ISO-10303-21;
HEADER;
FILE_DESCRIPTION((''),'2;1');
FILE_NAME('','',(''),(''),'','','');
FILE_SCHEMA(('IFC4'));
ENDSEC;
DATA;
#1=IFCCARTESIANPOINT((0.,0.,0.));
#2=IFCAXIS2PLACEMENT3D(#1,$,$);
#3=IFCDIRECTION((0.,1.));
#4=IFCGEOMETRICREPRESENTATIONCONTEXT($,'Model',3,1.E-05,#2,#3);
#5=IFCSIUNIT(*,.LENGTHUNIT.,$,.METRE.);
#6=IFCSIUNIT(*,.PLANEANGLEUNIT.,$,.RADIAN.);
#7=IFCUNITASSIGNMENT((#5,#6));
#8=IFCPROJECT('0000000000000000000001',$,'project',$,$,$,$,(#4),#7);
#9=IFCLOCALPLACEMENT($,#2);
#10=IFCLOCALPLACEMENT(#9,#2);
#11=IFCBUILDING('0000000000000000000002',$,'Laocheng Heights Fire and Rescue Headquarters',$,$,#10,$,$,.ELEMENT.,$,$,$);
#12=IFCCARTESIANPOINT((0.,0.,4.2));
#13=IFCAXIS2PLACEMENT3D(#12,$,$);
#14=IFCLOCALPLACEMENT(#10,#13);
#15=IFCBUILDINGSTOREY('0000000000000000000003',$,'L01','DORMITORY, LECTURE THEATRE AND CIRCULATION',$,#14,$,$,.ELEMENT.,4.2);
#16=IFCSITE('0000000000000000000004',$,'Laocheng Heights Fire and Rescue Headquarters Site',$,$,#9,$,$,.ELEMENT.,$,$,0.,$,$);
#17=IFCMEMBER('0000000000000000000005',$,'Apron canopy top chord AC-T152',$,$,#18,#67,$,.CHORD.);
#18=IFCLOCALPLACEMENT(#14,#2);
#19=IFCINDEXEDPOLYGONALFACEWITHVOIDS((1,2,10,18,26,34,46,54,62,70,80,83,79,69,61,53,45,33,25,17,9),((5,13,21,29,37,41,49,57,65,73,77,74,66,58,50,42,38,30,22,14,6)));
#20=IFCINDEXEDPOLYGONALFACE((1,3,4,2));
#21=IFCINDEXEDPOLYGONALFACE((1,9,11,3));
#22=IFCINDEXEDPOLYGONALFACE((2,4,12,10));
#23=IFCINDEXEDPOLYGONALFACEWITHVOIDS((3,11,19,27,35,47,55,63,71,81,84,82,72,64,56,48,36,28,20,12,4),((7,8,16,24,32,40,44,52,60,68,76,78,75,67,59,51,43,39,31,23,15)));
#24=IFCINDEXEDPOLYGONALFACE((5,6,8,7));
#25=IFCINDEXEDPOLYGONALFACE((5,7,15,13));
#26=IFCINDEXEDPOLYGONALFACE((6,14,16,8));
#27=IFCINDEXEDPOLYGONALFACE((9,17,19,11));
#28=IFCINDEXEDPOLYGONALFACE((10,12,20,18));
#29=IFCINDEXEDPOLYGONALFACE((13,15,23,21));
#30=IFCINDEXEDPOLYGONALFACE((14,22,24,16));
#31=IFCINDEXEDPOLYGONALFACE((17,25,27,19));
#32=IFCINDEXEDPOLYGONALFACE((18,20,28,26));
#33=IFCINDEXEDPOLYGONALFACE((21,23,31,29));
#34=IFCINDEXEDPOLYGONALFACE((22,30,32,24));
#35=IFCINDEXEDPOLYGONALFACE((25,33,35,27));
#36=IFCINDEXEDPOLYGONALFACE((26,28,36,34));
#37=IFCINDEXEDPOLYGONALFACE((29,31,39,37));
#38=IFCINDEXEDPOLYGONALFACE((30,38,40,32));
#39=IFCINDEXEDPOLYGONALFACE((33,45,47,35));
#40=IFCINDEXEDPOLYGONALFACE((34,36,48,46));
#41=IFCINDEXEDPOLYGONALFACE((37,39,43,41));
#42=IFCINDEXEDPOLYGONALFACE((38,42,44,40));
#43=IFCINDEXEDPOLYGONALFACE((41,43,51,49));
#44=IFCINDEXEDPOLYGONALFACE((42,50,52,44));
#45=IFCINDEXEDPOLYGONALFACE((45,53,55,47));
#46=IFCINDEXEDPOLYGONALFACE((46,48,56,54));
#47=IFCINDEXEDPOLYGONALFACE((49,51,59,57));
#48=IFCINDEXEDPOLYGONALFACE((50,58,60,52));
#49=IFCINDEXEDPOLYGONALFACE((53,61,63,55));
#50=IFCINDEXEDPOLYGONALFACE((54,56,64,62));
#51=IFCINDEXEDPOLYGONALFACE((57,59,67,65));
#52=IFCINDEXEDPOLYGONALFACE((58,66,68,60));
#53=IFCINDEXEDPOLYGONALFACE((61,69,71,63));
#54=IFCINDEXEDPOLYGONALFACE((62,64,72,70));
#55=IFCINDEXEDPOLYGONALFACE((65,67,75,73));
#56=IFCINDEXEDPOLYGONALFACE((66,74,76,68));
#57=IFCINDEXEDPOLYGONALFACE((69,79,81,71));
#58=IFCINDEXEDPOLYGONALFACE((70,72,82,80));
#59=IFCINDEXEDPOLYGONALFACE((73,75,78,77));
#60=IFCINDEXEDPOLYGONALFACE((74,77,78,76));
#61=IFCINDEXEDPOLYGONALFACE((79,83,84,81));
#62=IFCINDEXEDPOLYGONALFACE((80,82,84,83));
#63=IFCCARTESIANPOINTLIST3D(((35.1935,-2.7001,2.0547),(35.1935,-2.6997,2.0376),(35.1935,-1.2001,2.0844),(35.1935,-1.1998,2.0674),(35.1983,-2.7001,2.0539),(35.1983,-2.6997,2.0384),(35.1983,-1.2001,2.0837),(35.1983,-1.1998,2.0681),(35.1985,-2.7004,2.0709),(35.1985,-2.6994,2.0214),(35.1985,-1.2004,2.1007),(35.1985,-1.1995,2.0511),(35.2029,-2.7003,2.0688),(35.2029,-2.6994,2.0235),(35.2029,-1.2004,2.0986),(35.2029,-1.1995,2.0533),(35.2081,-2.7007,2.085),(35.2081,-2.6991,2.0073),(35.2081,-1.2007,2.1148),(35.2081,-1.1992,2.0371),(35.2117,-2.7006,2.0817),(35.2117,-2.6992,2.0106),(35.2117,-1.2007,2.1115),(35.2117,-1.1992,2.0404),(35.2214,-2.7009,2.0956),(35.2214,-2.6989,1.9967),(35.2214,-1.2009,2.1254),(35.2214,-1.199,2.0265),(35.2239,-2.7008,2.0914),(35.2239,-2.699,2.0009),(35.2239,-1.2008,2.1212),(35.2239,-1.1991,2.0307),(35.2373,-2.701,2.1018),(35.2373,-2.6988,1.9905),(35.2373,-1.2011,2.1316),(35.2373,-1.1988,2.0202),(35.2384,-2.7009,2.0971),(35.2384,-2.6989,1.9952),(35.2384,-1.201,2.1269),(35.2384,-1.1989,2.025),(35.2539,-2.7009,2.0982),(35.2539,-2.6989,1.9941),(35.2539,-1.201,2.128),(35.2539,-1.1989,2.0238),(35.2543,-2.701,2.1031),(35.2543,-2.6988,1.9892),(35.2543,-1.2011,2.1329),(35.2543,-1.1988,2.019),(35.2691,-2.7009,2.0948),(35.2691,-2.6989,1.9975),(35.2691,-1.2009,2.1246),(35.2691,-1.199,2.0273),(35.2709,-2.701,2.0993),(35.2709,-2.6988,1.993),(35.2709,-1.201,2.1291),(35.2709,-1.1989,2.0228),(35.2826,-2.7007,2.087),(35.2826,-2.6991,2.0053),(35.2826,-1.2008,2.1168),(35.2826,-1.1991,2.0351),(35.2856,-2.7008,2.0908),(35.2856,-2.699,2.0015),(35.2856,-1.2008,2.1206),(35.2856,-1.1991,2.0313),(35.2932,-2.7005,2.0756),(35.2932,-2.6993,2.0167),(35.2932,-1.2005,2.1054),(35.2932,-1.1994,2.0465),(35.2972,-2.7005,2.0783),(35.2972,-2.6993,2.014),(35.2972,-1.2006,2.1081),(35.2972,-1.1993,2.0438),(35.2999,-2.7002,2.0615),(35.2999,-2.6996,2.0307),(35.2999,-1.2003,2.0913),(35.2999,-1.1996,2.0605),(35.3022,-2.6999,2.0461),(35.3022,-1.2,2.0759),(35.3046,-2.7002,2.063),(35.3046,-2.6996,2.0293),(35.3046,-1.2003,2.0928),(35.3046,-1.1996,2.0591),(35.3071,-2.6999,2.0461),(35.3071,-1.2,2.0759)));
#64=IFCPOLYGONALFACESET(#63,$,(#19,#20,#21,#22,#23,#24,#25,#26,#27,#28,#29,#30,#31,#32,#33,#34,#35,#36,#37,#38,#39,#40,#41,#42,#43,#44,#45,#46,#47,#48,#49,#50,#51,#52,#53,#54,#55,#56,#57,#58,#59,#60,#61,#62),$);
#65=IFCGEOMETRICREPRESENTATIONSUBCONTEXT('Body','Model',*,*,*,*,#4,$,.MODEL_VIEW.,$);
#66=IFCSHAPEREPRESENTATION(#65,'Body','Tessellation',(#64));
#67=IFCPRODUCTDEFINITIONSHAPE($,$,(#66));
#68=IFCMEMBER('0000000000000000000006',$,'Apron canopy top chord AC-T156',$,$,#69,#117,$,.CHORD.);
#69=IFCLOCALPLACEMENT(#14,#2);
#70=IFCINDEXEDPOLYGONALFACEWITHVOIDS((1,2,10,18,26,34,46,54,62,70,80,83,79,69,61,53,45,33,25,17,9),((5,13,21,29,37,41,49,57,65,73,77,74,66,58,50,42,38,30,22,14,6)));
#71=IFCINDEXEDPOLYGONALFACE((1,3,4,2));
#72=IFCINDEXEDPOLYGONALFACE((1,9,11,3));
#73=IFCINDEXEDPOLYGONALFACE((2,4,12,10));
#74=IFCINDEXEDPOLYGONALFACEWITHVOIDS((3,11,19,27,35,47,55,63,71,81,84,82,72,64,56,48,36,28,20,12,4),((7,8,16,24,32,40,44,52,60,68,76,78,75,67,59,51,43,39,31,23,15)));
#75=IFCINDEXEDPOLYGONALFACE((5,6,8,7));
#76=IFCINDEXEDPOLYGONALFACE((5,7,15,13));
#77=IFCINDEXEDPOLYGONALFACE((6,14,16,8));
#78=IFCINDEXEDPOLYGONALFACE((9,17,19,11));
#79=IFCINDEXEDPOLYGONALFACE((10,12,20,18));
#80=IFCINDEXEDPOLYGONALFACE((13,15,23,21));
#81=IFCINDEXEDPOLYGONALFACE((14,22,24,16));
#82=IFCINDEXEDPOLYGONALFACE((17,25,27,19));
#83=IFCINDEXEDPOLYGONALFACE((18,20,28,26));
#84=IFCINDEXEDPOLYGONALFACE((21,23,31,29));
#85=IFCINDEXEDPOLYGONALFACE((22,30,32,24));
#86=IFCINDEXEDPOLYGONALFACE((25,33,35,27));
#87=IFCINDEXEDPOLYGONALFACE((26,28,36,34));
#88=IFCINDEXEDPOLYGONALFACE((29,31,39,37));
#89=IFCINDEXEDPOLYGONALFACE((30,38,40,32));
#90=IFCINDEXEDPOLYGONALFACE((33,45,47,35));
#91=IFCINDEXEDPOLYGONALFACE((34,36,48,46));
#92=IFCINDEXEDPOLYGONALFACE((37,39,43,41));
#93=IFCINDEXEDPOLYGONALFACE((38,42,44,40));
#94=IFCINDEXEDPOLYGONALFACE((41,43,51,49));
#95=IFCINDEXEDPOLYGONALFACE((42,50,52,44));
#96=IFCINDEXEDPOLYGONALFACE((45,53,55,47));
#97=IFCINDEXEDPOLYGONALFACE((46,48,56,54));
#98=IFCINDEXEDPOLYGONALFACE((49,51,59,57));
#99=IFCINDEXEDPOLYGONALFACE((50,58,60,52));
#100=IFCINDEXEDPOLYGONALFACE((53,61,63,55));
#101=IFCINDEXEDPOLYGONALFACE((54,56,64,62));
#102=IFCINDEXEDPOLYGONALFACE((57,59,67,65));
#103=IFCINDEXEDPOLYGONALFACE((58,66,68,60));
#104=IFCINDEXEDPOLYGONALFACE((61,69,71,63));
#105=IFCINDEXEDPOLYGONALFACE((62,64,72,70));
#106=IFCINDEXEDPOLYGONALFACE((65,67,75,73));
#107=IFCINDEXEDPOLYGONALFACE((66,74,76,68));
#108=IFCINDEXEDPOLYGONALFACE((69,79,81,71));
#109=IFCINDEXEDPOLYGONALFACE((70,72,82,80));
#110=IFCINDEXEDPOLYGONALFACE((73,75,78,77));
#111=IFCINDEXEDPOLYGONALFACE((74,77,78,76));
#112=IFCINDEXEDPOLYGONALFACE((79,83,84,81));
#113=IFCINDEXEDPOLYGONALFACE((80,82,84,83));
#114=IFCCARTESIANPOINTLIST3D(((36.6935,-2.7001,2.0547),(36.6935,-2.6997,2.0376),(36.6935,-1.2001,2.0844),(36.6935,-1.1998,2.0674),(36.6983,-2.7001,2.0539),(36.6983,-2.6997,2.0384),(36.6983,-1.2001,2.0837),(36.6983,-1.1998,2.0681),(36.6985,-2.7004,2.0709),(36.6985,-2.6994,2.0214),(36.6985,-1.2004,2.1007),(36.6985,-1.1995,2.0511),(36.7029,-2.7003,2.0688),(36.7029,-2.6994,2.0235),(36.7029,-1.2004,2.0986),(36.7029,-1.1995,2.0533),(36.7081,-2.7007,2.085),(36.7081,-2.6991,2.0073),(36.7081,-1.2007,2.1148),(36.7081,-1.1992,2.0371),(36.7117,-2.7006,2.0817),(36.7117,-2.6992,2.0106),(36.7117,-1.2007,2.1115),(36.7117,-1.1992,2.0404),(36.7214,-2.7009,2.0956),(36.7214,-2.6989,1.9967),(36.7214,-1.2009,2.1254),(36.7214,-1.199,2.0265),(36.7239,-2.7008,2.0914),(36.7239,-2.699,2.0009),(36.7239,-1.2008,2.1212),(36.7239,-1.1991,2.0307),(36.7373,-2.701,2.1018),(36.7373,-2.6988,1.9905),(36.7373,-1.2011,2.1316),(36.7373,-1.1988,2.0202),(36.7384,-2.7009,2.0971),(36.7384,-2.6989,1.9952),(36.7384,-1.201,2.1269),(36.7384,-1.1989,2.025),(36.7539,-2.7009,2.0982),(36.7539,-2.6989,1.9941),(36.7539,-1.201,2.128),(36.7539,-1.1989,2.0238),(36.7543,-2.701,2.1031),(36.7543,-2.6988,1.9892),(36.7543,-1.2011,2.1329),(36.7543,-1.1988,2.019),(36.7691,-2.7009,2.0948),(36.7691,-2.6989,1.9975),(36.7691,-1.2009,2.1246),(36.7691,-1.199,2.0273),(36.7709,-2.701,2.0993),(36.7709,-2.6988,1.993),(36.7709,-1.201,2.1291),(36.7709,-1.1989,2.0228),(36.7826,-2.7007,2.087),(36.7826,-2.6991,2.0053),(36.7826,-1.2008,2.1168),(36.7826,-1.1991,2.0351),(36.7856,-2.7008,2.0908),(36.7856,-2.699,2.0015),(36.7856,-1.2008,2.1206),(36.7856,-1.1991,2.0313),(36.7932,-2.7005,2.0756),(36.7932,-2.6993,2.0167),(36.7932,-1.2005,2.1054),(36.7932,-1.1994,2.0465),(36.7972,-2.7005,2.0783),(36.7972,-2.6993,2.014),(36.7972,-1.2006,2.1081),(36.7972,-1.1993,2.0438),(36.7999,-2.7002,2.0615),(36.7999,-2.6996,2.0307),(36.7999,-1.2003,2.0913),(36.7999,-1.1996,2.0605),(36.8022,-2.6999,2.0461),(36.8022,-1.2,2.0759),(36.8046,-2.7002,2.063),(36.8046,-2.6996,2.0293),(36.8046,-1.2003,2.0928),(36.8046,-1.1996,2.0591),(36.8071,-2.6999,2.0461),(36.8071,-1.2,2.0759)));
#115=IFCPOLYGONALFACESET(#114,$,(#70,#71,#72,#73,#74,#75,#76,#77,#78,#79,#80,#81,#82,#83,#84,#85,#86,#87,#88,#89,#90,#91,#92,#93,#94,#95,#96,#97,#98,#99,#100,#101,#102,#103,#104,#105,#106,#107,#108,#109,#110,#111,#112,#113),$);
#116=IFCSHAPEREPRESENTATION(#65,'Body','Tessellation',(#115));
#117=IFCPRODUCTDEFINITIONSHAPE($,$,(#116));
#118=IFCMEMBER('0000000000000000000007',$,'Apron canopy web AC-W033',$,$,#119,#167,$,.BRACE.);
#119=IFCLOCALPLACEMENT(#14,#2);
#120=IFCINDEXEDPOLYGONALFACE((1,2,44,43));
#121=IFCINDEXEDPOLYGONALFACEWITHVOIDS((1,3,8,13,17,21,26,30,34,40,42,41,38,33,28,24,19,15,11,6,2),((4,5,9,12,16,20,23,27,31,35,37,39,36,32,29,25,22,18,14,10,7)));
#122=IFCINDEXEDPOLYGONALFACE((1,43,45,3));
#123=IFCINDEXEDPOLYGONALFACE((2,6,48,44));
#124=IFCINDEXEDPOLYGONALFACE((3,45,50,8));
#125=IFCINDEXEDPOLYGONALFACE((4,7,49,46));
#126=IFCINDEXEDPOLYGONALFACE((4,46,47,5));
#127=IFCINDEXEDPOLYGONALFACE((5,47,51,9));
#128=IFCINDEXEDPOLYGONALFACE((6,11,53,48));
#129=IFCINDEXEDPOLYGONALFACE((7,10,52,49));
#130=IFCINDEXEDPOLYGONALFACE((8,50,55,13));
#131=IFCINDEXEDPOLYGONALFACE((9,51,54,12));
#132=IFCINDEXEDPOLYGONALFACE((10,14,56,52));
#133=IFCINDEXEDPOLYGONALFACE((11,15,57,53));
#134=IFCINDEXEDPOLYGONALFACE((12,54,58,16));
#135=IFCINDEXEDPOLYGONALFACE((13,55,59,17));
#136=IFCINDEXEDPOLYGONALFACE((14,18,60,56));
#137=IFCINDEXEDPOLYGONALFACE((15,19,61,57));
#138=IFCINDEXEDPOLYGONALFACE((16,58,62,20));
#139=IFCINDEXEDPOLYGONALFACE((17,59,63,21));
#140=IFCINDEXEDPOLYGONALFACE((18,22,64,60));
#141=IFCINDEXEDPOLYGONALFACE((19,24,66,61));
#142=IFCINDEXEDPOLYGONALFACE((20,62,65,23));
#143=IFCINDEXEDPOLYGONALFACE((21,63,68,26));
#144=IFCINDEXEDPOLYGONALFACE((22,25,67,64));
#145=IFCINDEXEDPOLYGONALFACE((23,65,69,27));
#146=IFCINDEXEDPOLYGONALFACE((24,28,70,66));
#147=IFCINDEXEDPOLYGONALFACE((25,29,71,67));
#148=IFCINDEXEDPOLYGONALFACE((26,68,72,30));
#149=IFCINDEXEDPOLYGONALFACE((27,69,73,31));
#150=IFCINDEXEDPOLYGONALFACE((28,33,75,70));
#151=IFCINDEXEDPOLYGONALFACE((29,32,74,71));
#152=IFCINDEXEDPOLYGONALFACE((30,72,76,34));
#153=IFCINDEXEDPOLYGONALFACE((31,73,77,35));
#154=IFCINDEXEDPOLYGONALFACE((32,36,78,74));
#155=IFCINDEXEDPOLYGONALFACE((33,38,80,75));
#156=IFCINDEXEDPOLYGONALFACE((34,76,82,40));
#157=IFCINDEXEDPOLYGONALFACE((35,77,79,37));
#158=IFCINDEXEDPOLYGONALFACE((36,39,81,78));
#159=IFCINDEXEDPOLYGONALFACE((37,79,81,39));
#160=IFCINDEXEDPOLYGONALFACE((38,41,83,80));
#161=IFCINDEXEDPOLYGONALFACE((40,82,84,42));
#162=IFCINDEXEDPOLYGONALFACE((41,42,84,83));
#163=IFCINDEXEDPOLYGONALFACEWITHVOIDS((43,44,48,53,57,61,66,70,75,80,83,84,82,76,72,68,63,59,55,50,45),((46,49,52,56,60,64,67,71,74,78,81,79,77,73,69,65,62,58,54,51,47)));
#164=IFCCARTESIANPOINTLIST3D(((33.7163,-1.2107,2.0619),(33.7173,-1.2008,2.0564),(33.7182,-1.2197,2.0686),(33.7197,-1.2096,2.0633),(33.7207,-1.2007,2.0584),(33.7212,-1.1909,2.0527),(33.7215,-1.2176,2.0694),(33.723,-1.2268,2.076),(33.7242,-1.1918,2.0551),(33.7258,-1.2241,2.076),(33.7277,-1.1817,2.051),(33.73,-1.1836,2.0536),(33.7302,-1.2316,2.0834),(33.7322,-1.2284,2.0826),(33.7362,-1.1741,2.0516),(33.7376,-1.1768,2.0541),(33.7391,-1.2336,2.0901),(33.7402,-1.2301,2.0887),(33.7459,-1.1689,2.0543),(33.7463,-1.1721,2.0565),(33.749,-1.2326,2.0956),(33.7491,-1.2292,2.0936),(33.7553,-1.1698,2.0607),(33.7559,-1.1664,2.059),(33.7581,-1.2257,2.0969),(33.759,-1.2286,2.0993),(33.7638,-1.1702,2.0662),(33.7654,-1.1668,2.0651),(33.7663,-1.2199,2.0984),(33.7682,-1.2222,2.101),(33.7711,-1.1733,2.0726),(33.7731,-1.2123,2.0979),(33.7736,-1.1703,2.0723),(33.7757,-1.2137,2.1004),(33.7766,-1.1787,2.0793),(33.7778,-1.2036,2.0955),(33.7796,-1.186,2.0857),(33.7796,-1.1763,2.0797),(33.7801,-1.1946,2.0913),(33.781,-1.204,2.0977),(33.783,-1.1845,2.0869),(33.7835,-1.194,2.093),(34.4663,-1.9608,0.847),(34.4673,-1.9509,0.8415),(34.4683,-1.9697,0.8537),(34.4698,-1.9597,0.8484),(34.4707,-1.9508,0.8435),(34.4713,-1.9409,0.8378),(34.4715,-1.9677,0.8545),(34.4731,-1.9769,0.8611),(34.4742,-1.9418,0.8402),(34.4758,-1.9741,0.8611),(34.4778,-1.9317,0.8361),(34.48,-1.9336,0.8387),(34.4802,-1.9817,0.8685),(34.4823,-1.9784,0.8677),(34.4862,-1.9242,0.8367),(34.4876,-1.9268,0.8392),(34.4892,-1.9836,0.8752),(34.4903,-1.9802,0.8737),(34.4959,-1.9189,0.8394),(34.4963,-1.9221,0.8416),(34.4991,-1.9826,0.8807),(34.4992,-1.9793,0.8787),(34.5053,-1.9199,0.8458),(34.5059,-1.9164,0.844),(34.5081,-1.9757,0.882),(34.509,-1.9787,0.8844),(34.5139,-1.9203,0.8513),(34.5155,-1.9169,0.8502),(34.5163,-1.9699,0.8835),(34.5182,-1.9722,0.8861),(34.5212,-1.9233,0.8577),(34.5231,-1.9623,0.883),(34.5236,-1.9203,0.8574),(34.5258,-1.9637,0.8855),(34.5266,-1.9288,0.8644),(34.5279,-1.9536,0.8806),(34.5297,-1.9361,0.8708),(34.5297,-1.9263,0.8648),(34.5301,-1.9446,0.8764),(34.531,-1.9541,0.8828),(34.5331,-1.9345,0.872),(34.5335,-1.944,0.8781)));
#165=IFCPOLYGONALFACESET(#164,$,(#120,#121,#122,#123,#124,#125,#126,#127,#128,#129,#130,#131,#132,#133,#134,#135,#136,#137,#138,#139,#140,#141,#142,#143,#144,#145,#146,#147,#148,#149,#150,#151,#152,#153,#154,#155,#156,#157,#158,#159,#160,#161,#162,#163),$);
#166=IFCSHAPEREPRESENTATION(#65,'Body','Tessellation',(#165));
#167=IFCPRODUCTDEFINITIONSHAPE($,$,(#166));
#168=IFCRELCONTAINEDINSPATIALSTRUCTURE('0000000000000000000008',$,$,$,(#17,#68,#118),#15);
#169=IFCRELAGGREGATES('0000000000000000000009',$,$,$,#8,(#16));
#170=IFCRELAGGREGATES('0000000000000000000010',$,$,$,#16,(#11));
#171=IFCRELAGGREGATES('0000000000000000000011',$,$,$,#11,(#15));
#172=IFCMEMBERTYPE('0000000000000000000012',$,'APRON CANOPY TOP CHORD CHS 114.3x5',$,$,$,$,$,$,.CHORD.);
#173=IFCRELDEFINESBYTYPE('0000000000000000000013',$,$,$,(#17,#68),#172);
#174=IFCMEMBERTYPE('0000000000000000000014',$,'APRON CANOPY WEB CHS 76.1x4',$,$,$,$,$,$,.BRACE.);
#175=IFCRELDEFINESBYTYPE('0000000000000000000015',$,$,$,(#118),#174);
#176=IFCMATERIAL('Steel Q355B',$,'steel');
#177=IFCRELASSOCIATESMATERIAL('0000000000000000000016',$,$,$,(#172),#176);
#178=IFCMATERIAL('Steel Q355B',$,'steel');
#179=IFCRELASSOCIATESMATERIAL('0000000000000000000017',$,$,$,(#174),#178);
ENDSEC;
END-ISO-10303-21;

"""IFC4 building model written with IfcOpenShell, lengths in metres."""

from ifc_helpers import new_model, si_unit, direction, frame, origin, origin_2d, place, context, subcontext, project, spatial, hollow_circle, extrude, material, material_profile, profile_set, type_object, element, save


model = new_model("IFC4")

# Units and contexts
model_context = context("Model", 3, precision=1e-05, world=origin(), true_north=direction((0.0, 1.0)))
body_context = subcontext(model_context, "Body", "Model", "MODEL_VIEW")
ifc_project = project(units=[si_unit("LENGTHUNIT", "METRE"), si_unit("PLANEANGLEUNIT", "RADIAN")], contexts=[model_context])

# Site, building, storey
site_placement = place(None, origin())
site = spatial("IfcSite", under=ifc_project, at=site_placement, Name="Laocheng Heights Fire and Rescue Headquarters Site", CompositionType="ELEMENT", RefElevation=0.0)
building_placement = place(site_placement, origin())
building = spatial("IfcBuilding", under=site, at=building_placement, Name="Laocheng Heights Fire and Rescue Headquarters", CompositionType="ELEMENT")
storey_placement = place(building_placement, frame((0.0, 0.0, 4.2)))
storey = spatial("IfcBuildingStorey", under=building, at=storey_placement, Name="L01", Description="DORMITORY, LECTURE THEATRE AND CIRCULATION", CompositionType="ELEMENT", Elevation=4.2)

# Members
ifc_material_1 = material(Name="Steel Q355B", Category="steel")
ifc_material_profile_1 = material_profile(ifc_material_1, hollow_circle(Radius=0.0571, WallThickness=0.0049, at=origin_2d()), Name="CHS 114.3x5")
ifc_profile_set_1 = profile_set([ifc_material_profile_1], Name="Steel Q355B")
member_type_1 = type_object("IfcMemberType", Name="APRON CANOPY TOP CHORD CHS 114.3x5", PredefinedType="CHORD", material=ifc_profile_set_1)
for number, where, z_axis, x_axis, name in (
    (1, (35.25, -1.2, 2.0759), (0.0, -0.999803, -0.019853), (1.0, 0.0, 0.0), "Apron canopy top chord AC-T152"),
    (2, (36.75, -1.2, 2.0759), (0.0, -0.999803, -0.019853), (1.0, 0.0, 0.0), "Apron canopy top chord AC-T156"),
):
    element("IfcMember", number, at=place(storey_placement, frame(where, z_axis=z_axis, x_axis=x_axis)), inside=storey, type_object=member_type_1, Name=name, PredefinedType="CHORD", context=body_context, shape_type="SweptSolid", body=[
        extrude(hollow_circle(Radius=0.0571, WallThickness=0.0049, at=origin_2d()), origin(), (0.0, 0.0, 1.0), 1.5002),
    ])
ifc_material_2 = material(Name="Steel Q355B", Category="steel")
ifc_material_profile_2 = material_profile(ifc_material_2, hollow_circle(Radius=0.0381, WallThickness=0.0039, at=origin_2d()), Name="CHS 76.1x4")
ifc_profile_set_2 = profile_set([ifc_material_profile_2], Name="Steel Q355B")
member_type_2 = type_object("IfcMemberType", Name="APRON CANOPY WEB CHS 76.1x4", PredefinedType="BRACE", material=ifc_profile_set_2)
for number, where, z_axis, x_axis, name in (
    (3, (34.5, -1.95, 0.8611), (-0.465055, 0.465055, 0.753292), (-0.707107, -0.707107, 0.0), "Apron canopy web AC-W033"),
):
    element("IfcMember", number, at=place(storey_placement, frame(where, z_axis=z_axis, x_axis=x_axis)), inside=storey, type_object=member_type_2, Name=name, PredefinedType="BRACE", context=body_context, shape_type="SweptSolid", body=[
        extrude(hollow_circle(Radius=0.0381, WallThickness=0.0039, at=origin_2d()), origin(), (0.0, 0.0, 1.0), 1.6128),
    ])

save(model, "model.ifc")
